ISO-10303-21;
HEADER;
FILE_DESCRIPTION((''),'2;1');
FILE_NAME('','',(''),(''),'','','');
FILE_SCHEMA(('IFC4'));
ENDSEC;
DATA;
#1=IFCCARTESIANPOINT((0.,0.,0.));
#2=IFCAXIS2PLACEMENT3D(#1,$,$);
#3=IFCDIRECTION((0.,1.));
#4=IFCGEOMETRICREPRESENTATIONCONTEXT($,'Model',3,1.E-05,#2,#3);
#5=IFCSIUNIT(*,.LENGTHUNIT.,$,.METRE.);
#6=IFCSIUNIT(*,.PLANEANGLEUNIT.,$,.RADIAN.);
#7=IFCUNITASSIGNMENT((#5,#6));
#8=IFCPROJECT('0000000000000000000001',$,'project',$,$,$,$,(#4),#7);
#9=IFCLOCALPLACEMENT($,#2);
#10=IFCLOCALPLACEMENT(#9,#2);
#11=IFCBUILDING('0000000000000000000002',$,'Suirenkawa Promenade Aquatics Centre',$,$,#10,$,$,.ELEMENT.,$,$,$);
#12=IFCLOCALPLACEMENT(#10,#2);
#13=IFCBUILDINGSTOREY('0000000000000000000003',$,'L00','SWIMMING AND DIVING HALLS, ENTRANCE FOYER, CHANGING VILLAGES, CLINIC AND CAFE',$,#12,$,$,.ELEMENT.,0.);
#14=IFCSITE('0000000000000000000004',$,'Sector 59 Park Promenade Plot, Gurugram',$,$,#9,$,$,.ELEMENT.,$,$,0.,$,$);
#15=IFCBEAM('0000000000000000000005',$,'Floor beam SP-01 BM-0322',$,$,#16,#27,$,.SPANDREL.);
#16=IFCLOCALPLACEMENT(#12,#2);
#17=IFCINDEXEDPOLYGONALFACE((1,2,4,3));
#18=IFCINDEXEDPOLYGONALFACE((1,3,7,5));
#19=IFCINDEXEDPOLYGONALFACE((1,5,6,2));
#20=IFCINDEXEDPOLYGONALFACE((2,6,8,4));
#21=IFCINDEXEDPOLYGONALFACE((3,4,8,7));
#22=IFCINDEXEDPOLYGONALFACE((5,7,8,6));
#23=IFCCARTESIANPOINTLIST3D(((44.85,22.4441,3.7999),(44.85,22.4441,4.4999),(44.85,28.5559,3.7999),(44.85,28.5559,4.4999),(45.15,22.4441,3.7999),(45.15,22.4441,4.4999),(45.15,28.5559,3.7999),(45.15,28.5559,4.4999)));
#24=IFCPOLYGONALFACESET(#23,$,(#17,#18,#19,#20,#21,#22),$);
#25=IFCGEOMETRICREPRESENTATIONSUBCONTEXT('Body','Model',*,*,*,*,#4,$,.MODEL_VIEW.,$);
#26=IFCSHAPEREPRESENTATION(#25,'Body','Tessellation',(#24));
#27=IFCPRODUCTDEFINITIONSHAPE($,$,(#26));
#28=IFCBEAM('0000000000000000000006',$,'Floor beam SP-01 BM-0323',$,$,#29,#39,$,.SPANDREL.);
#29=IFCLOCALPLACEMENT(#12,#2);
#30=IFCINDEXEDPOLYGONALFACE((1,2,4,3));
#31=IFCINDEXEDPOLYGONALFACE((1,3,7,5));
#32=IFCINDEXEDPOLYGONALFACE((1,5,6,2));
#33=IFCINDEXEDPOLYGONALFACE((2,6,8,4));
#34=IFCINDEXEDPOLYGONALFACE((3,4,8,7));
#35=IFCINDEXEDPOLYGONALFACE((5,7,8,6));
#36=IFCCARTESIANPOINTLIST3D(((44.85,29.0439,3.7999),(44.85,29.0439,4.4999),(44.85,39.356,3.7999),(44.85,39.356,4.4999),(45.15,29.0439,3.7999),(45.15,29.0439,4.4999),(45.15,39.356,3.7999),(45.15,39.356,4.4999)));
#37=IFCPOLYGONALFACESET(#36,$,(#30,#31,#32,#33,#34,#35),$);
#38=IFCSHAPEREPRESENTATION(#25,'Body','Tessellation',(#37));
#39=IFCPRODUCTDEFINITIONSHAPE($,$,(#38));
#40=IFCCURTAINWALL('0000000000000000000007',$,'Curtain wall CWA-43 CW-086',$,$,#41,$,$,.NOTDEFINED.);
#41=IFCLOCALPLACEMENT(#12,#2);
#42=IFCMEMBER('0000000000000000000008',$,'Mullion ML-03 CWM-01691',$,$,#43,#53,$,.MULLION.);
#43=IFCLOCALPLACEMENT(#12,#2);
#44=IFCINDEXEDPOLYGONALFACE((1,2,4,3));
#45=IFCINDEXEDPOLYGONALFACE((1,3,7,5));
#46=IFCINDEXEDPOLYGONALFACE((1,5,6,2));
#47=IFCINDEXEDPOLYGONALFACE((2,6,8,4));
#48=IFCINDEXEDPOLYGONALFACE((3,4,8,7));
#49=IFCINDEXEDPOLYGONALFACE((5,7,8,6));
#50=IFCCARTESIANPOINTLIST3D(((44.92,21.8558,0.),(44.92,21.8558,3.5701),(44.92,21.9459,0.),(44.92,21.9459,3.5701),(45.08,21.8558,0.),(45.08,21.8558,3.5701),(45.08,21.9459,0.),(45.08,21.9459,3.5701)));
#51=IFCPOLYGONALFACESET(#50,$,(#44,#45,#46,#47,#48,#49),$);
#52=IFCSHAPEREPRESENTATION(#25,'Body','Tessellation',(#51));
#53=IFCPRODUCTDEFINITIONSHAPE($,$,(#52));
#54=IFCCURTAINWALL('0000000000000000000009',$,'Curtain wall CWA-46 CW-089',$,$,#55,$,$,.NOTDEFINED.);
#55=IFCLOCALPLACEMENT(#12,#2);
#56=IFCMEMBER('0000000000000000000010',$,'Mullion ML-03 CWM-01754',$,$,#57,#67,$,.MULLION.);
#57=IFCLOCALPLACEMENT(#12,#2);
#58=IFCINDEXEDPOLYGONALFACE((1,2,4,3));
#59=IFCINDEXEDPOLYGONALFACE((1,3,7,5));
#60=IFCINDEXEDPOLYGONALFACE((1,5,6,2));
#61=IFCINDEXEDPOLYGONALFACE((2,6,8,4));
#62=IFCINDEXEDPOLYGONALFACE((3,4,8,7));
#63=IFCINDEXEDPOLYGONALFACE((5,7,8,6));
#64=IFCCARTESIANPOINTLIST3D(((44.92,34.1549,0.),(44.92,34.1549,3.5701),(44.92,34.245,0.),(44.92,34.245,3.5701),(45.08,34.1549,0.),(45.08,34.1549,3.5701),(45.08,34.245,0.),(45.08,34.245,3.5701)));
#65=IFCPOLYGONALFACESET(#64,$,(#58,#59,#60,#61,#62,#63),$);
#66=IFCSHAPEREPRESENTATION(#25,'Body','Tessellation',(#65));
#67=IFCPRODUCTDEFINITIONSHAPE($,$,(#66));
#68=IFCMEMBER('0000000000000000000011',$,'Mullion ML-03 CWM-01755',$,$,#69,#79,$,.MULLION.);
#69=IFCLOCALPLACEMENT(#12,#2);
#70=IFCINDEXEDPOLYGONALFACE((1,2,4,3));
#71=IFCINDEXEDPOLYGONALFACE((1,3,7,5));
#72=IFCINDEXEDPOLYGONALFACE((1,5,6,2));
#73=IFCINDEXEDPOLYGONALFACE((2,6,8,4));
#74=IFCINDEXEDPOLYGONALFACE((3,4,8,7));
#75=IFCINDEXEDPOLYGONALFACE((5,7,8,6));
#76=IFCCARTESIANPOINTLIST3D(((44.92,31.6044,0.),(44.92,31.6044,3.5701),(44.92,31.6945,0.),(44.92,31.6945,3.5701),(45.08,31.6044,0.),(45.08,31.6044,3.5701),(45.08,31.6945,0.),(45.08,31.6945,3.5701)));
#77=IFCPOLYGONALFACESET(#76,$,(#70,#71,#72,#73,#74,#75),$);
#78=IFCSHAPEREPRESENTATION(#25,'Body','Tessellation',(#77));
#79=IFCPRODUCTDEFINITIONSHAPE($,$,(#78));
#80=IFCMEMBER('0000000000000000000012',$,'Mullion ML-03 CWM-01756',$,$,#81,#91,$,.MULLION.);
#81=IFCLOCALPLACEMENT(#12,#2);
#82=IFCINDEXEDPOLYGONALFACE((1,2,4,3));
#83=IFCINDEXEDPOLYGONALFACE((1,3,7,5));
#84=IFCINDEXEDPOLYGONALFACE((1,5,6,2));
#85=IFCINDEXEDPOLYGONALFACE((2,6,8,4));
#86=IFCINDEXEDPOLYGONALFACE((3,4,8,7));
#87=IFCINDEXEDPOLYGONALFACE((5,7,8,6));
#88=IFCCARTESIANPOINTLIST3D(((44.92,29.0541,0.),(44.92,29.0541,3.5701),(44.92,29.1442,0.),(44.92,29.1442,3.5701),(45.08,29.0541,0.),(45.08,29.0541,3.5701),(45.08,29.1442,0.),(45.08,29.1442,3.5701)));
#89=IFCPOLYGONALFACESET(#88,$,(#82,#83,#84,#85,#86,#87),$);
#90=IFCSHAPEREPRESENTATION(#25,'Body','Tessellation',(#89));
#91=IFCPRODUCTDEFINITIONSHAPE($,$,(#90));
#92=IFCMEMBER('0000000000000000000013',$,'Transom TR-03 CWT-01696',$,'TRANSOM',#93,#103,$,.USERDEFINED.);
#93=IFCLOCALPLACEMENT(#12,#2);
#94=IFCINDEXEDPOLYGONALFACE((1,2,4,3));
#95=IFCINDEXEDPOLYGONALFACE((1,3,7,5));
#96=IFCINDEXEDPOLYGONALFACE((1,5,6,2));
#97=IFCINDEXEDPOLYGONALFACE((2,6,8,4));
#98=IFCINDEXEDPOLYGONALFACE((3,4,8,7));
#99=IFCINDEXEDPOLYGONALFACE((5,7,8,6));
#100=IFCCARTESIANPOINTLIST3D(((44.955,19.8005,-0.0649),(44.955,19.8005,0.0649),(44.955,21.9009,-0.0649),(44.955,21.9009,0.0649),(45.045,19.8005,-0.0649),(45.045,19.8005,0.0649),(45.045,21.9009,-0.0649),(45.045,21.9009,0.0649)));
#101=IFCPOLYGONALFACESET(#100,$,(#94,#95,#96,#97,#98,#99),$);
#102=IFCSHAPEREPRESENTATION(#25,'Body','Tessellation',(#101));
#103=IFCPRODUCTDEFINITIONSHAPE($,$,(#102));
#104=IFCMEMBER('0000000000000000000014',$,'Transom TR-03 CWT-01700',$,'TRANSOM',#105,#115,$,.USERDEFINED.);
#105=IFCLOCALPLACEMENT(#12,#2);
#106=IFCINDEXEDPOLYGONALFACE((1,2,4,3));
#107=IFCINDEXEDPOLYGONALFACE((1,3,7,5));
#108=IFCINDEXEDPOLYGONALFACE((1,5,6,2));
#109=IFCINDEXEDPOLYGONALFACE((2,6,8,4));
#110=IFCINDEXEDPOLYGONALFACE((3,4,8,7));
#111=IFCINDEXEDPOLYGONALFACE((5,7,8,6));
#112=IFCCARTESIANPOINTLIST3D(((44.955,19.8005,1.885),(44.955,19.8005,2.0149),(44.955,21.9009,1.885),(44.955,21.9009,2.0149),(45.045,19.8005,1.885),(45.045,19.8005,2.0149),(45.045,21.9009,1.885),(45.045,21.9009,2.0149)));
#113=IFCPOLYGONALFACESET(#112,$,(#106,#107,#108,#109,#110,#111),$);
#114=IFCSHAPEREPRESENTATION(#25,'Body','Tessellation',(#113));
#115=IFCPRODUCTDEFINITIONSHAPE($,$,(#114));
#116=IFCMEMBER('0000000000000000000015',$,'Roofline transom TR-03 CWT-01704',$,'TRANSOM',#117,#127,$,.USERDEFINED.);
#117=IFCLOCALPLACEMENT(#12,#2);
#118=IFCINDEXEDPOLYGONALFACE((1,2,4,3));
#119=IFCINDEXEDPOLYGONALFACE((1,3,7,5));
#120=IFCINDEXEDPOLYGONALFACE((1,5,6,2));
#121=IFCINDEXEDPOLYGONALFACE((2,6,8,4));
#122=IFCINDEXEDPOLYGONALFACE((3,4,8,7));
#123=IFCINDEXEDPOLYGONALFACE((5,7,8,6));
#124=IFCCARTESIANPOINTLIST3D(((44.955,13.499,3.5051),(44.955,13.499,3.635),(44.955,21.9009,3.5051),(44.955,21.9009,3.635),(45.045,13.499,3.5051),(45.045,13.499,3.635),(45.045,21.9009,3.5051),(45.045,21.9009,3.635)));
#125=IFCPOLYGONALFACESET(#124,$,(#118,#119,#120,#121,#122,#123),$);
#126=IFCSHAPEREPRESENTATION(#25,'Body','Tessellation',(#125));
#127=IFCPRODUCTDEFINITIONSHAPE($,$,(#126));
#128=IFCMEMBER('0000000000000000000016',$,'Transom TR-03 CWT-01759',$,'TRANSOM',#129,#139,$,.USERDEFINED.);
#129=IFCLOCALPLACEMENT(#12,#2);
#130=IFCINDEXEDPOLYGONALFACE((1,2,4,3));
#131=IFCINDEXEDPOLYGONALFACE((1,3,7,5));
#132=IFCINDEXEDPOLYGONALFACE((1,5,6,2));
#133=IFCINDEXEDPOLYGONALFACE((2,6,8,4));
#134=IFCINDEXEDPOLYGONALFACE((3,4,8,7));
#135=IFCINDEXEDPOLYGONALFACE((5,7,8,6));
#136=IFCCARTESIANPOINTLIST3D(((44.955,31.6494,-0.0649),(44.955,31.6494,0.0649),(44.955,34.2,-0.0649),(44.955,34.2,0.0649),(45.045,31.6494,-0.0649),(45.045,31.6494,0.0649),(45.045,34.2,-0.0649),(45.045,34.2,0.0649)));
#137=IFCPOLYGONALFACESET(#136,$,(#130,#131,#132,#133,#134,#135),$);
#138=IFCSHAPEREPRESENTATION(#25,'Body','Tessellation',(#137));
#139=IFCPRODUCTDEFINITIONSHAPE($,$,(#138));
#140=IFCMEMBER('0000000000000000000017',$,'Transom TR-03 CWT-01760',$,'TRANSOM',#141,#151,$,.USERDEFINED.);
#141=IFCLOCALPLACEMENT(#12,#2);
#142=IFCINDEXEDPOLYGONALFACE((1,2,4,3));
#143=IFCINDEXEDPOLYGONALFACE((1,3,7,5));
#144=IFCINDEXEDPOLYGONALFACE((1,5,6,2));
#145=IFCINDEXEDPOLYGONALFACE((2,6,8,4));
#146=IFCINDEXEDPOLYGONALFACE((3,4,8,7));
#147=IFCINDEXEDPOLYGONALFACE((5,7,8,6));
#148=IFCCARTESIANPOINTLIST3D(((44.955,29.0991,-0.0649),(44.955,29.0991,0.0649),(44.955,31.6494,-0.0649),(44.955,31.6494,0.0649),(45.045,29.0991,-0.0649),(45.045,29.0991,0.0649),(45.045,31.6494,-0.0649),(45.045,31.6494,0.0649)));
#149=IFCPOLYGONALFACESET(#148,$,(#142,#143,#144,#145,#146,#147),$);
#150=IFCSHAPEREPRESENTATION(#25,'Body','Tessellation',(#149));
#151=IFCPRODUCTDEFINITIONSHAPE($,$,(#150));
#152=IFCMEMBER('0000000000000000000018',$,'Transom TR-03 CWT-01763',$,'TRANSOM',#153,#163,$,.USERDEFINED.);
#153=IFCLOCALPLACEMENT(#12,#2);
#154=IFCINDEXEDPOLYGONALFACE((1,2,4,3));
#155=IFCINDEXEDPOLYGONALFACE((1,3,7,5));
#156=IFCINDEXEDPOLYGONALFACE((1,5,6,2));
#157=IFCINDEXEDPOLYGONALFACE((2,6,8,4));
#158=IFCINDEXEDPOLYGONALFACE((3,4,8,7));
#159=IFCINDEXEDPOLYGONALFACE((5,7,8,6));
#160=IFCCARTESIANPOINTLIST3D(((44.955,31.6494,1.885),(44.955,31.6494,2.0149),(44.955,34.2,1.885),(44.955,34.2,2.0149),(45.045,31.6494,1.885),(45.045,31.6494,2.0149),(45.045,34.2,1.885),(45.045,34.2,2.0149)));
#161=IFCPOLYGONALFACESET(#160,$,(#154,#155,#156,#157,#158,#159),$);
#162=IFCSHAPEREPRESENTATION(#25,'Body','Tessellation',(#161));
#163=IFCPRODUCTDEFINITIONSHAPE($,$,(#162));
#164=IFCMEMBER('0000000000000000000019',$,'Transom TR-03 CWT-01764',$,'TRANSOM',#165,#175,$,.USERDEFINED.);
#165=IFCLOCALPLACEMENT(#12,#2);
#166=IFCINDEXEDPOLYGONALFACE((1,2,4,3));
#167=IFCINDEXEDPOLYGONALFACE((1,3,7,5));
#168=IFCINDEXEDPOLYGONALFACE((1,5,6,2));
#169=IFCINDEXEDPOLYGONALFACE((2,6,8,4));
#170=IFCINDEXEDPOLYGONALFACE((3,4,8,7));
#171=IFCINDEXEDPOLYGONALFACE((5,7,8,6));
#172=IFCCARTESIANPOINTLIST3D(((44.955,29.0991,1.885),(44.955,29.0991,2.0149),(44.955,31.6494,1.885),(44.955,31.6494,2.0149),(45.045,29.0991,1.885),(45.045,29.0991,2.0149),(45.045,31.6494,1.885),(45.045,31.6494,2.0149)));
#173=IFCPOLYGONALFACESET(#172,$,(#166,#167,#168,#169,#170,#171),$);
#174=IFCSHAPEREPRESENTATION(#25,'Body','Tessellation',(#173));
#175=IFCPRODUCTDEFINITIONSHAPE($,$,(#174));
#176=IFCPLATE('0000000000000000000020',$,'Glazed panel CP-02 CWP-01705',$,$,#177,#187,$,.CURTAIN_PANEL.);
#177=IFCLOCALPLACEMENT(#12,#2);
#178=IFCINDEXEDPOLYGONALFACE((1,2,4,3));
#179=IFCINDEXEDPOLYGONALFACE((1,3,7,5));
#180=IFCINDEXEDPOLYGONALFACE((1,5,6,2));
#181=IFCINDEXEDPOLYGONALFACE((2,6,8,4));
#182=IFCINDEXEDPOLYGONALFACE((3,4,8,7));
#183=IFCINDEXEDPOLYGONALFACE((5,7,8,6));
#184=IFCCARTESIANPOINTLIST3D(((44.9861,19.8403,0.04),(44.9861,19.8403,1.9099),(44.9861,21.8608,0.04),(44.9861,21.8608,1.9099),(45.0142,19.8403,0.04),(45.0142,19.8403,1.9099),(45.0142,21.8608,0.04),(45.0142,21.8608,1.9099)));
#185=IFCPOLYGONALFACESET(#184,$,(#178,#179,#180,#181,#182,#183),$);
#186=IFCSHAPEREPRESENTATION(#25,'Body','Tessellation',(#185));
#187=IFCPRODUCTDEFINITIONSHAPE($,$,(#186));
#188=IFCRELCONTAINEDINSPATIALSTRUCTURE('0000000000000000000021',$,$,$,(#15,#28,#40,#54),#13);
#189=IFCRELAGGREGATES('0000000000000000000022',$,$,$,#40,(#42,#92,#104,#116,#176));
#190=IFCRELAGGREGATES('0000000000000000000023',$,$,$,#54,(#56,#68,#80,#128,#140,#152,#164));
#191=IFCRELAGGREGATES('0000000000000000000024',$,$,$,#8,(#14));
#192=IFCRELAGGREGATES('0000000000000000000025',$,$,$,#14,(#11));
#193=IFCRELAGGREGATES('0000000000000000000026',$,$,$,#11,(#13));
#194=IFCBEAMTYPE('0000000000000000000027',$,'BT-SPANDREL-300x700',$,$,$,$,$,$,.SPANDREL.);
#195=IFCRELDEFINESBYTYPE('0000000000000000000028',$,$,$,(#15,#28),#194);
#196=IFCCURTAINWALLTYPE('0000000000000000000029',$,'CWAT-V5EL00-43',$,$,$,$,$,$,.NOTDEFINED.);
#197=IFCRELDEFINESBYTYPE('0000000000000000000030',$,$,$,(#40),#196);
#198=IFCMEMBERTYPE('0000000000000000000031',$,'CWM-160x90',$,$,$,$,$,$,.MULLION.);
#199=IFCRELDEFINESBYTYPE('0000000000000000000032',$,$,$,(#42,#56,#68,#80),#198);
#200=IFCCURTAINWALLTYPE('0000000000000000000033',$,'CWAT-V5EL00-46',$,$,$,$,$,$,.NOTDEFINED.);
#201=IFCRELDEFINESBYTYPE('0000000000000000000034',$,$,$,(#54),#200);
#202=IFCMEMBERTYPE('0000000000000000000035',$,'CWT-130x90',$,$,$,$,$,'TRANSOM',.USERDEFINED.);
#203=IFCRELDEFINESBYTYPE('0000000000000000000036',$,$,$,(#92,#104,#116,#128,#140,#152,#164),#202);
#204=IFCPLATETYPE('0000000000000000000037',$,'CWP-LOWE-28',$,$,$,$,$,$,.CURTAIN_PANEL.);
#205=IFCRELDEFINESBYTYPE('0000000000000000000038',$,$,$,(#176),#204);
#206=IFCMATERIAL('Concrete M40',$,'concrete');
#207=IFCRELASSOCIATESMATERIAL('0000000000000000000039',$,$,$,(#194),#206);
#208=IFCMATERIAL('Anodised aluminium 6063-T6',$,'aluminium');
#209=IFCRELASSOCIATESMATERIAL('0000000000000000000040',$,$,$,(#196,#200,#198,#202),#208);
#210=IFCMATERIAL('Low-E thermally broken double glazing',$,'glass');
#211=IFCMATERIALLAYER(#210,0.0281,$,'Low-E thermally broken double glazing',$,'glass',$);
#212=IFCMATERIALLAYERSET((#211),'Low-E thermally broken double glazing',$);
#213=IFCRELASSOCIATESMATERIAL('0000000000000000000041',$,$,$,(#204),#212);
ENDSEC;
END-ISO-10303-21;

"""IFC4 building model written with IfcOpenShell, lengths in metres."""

from ifc_helpers import new_model, si_unit, direction, frame, origin, origin_2d, place, context, subcontext, project, spatial, polyline, rectangle, outline, extrude, material, layer, layer_set, material_profile, profile_set, type_object, element, aggregate, save


model = new_model("IFC4")

# Units and contexts
model_context = context("Model", 3, precision=1e-05, world=origin(), true_north=direction((0.0, 1.0)))
body_context = subcontext(model_context, "Body", "Model", "MODEL_VIEW")
ifc_project = project(units=[si_unit("LENGTHUNIT", "METRE"), si_unit("PLANEANGLEUNIT", "RADIAN")], contexts=[model_context])

# Site, building, storey
site_placement = place(None, origin())
site = spatial("IfcSite", under=ifc_project, at=site_placement, Name="Sector 59 Park Promenade Plot, Gurugram", CompositionType="ELEMENT", RefElevation=0.0)
building_placement = place(site_placement, origin())
building = spatial("IfcBuilding", under=site, at=building_placement, Name="Suirenkawa Promenade Aquatics Centre", CompositionType="ELEMENT")
storey_placement = place(building_placement, origin())
storey = spatial("IfcBuildingStorey", under=building, at=storey_placement, Name="L00", Description="SWIMMING AND DIVING HALLS, ENTRANCE FOYER, CHANGING VILLAGES, CLINIC AND CAFE", CompositionType="ELEMENT", Elevation=0.0)

# Shared definitions
ifc_material_1 = material(Name="Concrete M40", Category="concrete")

# Beams
ifc_material_profile_1 = material_profile(ifc_material_1, rectangle(XDim=0.3, YDim=0.7, at=origin_2d()), Name="RC SPANDREL 300x700", Category="concrete")
ifc_profile_set_1 = profile_set([ifc_material_profile_1], Name="Concrete M40")
beam_type_1 = type_object("IfcBeamType", Name="BT-SPANDREL-300x700", PredefinedType="SPANDREL", material=ifc_profile_set_1)
beam_1_placement = place(storey_placement, frame((45.0, 22.4441, 4.1499), z_axis=(0.0, 1.0, 0.0), x_axis=(-1.0, 0.0, 0.0)))
element("IfcBeam", 1, at=beam_1_placement, inside=storey, type_object=beam_type_1, Name="Floor beam SP-01 BM-0322", PredefinedType="SPANDREL", context=body_context, shape_type="SweptSolid", body=[
    extrude(rectangle(XDim=0.3, YDim=0.7, at=origin_2d()), origin(), (0.0, 0.0, 1.0), 6.1118),
])
beam_2_placement = place(storey_placement, frame((45.0, 29.0439, 4.1499), z_axis=(0.0, 1.0, 0.0), x_axis=(-1.0, 0.0, 0.0)))
element("IfcBeam", 2, at=beam_2_placement, inside=storey, type_object=beam_type_1, Name="Floor beam SP-01 BM-0323", PredefinedType="SPANDREL", context=body_context, shape_type="SweptSolid", body=[
    extrude(rectangle(XDim=0.3, YDim=0.7, at=origin_2d()), origin(), (0.0, 0.0, 1.0), 10.312),
])

# Curtain wall, member
ifc_material_2 = material(Name="Anodised aluminium 6063-T6", Category="aluminium")
curtain_wall_type_1 = type_object("IfcCurtainWallType", Name="CWAT-V5EL00-43", PredefinedType="NOTDEFINED", material=ifc_material_2)
curtain_wall_1_placement = place(storey_placement, origin())
curtain_wall_1 = element("IfcCurtainWall", 3, at=curtain_wall_1_placement, inside=storey, type_object=curtain_wall_type_1, Name="Curtain wall CWA-43 CW-086", PredefinedType="NOTDEFINED")
ifc_material_profile_2 = material_profile(ifc_material_2, rectangle(XDim=0.0901, YDim=0.1599, at=origin_2d()), Name="ALU MULL 90x160", Category="aluminium")
ifc_profile_set_2 = profile_set([ifc_material_profile_2], Name="Anodised aluminium 6063-T6")
member_type_1 = type_object("IfcMemberType", Name="CWM-160x90", PredefinedType="MULLION", material=ifc_profile_set_2)
member_1_placement = place(storey_placement, frame((45.0, 21.9009, 0.0), z_axis=(0.0, 0.0, 1.0), x_axis=(0.0, -1.0, 0.0)))
member_1 = element("IfcMember", 4, at=member_1_placement, type_object=member_type_1, Name="Mullion ML-03 CWM-01691", PredefinedType="MULLION", context=body_context, shape_type="SweptSolid", body=[
    extrude(rectangle(XDim=0.0901, YDim=0.1599, at=origin_2d()), origin(), (0.0, 0.0, 1.0), 3.5701),
])

# Curtain wall, members
curtain_wall_type_2 = type_object("IfcCurtainWallType", Name="CWAT-V5EL00-46", PredefinedType="NOTDEFINED", material=ifc_material_2)
curtain_wall_2_placement = place(storey_placement, origin())
curtain_wall_2 = element("IfcCurtainWall", 5, at=curtain_wall_2_placement, inside=storey, type_object=curtain_wall_type_2, Name="Curtain wall CWA-46 CW-089", PredefinedType="NOTDEFINED")
member_2_placement = place(storey_placement, frame((45.0, 34.2, 0.0), z_axis=(0.0, 0.0, 1.0), x_axis=(0.0, -1.0, 0.0)))
member_2 = element("IfcMember", 6, at=member_2_placement, type_object=member_type_1, Name="Mullion ML-03 CWM-01754", PredefinedType="MULLION", context=body_context, shape_type="SweptSolid", body=[
    extrude(rectangle(XDim=0.0901, YDim=0.1599, at=origin_2d()), origin(), (0.0, 0.0, 1.0), 3.5701),
])
member_3_placement = place(storey_placement, frame((45.0, 31.6494, 0.0), z_axis=(0.0, 0.0, 1.0), x_axis=(0.0, -1.0, 0.0)))
member_3 = element("IfcMember", 7, at=member_3_placement, type_object=member_type_1, Name="Mullion ML-03 CWM-01755", PredefinedType="MULLION", context=body_context, shape_type="SweptSolid", body=[
    extrude(rectangle(XDim=0.0901, YDim=0.1599, at=origin_2d()), origin(), (0.0, 0.0, 1.0), 3.5701),
])
member_4_placement = place(storey_placement, frame((45.0, 29.0991, 0.0), z_axis=(0.0, 0.0, 1.0), x_axis=(0.0, -1.0, 0.0)))
member_4 = element("IfcMember", 8, at=member_4_placement, type_object=member_type_1, Name="Mullion ML-03 CWM-01756", PredefinedType="MULLION", context=body_context, shape_type="SweptSolid", body=[
    extrude(rectangle(XDim=0.0901, YDim=0.1599, at=origin_2d()), origin(), (0.0, 0.0, 1.0), 3.5701),
])

# Members
ifc_material_profile_3 = material_profile(ifc_material_2, rectangle(XDim=0.0901, YDim=0.1299, at=origin_2d()), Name="ALU TRAN 90x130", Category="aluminium")
ifc_profile_set_3 = profile_set([ifc_material_profile_3], Name="Anodised aluminium 6063-T6")
member_type_2 = type_object("IfcMemberType", Name="CWT-130x90", ElementType="TRANSOM", PredefinedType="USERDEFINED", material=ifc_profile_set_3)
member_5_placement = place(storey_placement, frame((45.0, 21.9009, 0.0), z_axis=(0.0, -1.0, 0.0), x_axis=(1.0, 0.0, 0.0)))
member_5 = element("IfcMember", 9, at=member_5_placement, type_object=member_type_2, Name="Transom TR-03 CWT-01696", ObjectType="TRANSOM", PredefinedType="USERDEFINED", context=body_context, shape_type="SweptSolid", body=[
    extrude(rectangle(XDim=0.0901, YDim=0.1299, at=origin_2d()), origin(), (0.0, 0.0, 1.0), 2.1003),
])
member_6_placement = place(storey_placement, frame((45.0, 21.9009, 1.95), z_axis=(0.0, -1.0, 0.0), x_axis=(1.0, 0.0, 0.0)))
member_6 = element("IfcMember", 10, at=member_6_placement, type_object=member_type_2, Name="Transom TR-03 CWT-01700", ObjectType="TRANSOM", PredefinedType="USERDEFINED", context=body_context, shape_type="SweptSolid", body=[
    extrude(rectangle(XDim=0.0901, YDim=0.1299, at=origin_2d()), origin(), (0.0, 0.0, 1.0), 2.1003),
])
member_7_placement = place(storey_placement, frame((45.0, 21.9009, 3.5701), z_axis=(0.0, -1.0, 0.0), x_axis=(1.0, 0.0, 0.0)))
member_7 = element("IfcMember", 11, at=member_7_placement, type_object=member_type_2, Name="Roofline transom TR-03 CWT-01704", ObjectType="TRANSOM", PredefinedType="USERDEFINED", context=body_context, shape_type="SweptSolid", body=[
    extrude(rectangle(XDim=0.0901, YDim=0.1299, at=origin_2d()), origin(), (0.0, 0.0, 1.0), 8.4019),
])
member_8_placement = place(storey_placement, frame((45.0, 34.2, 0.0), z_axis=(0.0, -1.0, 0.0), x_axis=(1.0, 0.0, 0.0)))
member_8 = element("IfcMember", 12, at=member_8_placement, type_object=member_type_2, Name="Transom TR-03 CWT-01759", ObjectType="TRANSOM", PredefinedType="USERDEFINED", context=body_context, shape_type="SweptSolid", body=[
    extrude(rectangle(XDim=0.0901, YDim=0.1299, at=origin_2d()), origin(), (0.0, 0.0, 1.0), 2.5505),
])
member_9_placement = place(storey_placement, frame((45.0, 31.6494, 0.0), z_axis=(0.0, -1.0, 0.0), x_axis=(1.0, 0.0, 0.0)))
member_9 = element("IfcMember", 13, at=member_9_placement, type_object=member_type_2, Name="Transom TR-03 CWT-01760", ObjectType="TRANSOM", PredefinedType="USERDEFINED", context=body_context, shape_type="SweptSolid", body=[
    extrude(rectangle(XDim=0.0901, YDim=0.1299, at=origin_2d()), origin(), (0.0, 0.0, 1.0), 2.5503),
])
member_10_placement = place(storey_placement, frame((45.0, 34.2, 1.95), z_axis=(0.0, -1.0, 0.0), x_axis=(1.0, 0.0, 0.0)))
member_10 = element("IfcMember", 14, at=member_10_placement, type_object=member_type_2, Name="Transom TR-03 CWT-01763", ObjectType="TRANSOM", PredefinedType="USERDEFINED", context=body_context, shape_type="SweptSolid", body=[
    extrude(rectangle(XDim=0.0901, YDim=0.1299, at=origin_2d()), origin(), (0.0, 0.0, 1.0), 2.5505),
])
member_11_placement = place(storey_placement, frame((45.0, 31.6494, 1.95), z_axis=(0.0, -1.0, 0.0), x_axis=(1.0, 0.0, 0.0)))
member_11 = element("IfcMember", 15, at=member_11_placement, type_object=member_type_2, Name="Transom TR-03 CWT-01764", ObjectType="TRANSOM", PredefinedType="USERDEFINED", context=body_context, shape_type="SweptSolid", body=[
    extrude(rectangle(XDim=0.0901, YDim=0.1299, at=origin_2d()), origin(), (0.0, 0.0, 1.0), 2.5503),
])

# Plate
ifc_material_3 = material(Name="Low-E thermally broken double glazing", Category="glass")
ifc_layer_1 = layer(ifc_material_3, 0.0281, Name="Low-E thermally broken double glazing", Category="glass")
ifc_layer_set_1 = layer_set([ifc_layer_1], Name="Low-E thermally broken double glazing")
plate_type = type_object("IfcPlateType", Name="CWP-LOWE-28", PredefinedType="CURTAIN_PANEL", material=ifc_layer_set_1)
plate_1_placement = place(storey_placement, frame((45.0, 21.9009, 0.04), z_axis=(0.0, 0.0, 1.0), x_axis=(0.0, -1.0, 0.0)))
plate_1 = element("IfcPlate", 16, at=plate_1_placement, type_object=plate_type, Name="Glazed panel CP-02 CWP-01705", PredefinedType="CURTAIN_PANEL", context=body_context, shape_type="SweptSolid", body=[
    extrude(outline(polyline([(0.04, 0.0), (2.0605, 0.0), (2.0605, 1.8699), (0.04, 1.8699), (0.04, 0.0)])), frame((0.0, 0.0142, 0.0), z_axis=(0.0, -1.0, 0.0), x_axis=(1.0, 0.0, 0.0)), (0.0, 0.0, 1.0), 0.0281),
])
aggregate(curtain_wall_1, [member_1, member_5, member_6, member_7, plate_1])
aggregate(curtain_wall_2, [member_2, member_3, member_4, member_8, member_9, member_10, member_11])

save(model, "model.ifc")
